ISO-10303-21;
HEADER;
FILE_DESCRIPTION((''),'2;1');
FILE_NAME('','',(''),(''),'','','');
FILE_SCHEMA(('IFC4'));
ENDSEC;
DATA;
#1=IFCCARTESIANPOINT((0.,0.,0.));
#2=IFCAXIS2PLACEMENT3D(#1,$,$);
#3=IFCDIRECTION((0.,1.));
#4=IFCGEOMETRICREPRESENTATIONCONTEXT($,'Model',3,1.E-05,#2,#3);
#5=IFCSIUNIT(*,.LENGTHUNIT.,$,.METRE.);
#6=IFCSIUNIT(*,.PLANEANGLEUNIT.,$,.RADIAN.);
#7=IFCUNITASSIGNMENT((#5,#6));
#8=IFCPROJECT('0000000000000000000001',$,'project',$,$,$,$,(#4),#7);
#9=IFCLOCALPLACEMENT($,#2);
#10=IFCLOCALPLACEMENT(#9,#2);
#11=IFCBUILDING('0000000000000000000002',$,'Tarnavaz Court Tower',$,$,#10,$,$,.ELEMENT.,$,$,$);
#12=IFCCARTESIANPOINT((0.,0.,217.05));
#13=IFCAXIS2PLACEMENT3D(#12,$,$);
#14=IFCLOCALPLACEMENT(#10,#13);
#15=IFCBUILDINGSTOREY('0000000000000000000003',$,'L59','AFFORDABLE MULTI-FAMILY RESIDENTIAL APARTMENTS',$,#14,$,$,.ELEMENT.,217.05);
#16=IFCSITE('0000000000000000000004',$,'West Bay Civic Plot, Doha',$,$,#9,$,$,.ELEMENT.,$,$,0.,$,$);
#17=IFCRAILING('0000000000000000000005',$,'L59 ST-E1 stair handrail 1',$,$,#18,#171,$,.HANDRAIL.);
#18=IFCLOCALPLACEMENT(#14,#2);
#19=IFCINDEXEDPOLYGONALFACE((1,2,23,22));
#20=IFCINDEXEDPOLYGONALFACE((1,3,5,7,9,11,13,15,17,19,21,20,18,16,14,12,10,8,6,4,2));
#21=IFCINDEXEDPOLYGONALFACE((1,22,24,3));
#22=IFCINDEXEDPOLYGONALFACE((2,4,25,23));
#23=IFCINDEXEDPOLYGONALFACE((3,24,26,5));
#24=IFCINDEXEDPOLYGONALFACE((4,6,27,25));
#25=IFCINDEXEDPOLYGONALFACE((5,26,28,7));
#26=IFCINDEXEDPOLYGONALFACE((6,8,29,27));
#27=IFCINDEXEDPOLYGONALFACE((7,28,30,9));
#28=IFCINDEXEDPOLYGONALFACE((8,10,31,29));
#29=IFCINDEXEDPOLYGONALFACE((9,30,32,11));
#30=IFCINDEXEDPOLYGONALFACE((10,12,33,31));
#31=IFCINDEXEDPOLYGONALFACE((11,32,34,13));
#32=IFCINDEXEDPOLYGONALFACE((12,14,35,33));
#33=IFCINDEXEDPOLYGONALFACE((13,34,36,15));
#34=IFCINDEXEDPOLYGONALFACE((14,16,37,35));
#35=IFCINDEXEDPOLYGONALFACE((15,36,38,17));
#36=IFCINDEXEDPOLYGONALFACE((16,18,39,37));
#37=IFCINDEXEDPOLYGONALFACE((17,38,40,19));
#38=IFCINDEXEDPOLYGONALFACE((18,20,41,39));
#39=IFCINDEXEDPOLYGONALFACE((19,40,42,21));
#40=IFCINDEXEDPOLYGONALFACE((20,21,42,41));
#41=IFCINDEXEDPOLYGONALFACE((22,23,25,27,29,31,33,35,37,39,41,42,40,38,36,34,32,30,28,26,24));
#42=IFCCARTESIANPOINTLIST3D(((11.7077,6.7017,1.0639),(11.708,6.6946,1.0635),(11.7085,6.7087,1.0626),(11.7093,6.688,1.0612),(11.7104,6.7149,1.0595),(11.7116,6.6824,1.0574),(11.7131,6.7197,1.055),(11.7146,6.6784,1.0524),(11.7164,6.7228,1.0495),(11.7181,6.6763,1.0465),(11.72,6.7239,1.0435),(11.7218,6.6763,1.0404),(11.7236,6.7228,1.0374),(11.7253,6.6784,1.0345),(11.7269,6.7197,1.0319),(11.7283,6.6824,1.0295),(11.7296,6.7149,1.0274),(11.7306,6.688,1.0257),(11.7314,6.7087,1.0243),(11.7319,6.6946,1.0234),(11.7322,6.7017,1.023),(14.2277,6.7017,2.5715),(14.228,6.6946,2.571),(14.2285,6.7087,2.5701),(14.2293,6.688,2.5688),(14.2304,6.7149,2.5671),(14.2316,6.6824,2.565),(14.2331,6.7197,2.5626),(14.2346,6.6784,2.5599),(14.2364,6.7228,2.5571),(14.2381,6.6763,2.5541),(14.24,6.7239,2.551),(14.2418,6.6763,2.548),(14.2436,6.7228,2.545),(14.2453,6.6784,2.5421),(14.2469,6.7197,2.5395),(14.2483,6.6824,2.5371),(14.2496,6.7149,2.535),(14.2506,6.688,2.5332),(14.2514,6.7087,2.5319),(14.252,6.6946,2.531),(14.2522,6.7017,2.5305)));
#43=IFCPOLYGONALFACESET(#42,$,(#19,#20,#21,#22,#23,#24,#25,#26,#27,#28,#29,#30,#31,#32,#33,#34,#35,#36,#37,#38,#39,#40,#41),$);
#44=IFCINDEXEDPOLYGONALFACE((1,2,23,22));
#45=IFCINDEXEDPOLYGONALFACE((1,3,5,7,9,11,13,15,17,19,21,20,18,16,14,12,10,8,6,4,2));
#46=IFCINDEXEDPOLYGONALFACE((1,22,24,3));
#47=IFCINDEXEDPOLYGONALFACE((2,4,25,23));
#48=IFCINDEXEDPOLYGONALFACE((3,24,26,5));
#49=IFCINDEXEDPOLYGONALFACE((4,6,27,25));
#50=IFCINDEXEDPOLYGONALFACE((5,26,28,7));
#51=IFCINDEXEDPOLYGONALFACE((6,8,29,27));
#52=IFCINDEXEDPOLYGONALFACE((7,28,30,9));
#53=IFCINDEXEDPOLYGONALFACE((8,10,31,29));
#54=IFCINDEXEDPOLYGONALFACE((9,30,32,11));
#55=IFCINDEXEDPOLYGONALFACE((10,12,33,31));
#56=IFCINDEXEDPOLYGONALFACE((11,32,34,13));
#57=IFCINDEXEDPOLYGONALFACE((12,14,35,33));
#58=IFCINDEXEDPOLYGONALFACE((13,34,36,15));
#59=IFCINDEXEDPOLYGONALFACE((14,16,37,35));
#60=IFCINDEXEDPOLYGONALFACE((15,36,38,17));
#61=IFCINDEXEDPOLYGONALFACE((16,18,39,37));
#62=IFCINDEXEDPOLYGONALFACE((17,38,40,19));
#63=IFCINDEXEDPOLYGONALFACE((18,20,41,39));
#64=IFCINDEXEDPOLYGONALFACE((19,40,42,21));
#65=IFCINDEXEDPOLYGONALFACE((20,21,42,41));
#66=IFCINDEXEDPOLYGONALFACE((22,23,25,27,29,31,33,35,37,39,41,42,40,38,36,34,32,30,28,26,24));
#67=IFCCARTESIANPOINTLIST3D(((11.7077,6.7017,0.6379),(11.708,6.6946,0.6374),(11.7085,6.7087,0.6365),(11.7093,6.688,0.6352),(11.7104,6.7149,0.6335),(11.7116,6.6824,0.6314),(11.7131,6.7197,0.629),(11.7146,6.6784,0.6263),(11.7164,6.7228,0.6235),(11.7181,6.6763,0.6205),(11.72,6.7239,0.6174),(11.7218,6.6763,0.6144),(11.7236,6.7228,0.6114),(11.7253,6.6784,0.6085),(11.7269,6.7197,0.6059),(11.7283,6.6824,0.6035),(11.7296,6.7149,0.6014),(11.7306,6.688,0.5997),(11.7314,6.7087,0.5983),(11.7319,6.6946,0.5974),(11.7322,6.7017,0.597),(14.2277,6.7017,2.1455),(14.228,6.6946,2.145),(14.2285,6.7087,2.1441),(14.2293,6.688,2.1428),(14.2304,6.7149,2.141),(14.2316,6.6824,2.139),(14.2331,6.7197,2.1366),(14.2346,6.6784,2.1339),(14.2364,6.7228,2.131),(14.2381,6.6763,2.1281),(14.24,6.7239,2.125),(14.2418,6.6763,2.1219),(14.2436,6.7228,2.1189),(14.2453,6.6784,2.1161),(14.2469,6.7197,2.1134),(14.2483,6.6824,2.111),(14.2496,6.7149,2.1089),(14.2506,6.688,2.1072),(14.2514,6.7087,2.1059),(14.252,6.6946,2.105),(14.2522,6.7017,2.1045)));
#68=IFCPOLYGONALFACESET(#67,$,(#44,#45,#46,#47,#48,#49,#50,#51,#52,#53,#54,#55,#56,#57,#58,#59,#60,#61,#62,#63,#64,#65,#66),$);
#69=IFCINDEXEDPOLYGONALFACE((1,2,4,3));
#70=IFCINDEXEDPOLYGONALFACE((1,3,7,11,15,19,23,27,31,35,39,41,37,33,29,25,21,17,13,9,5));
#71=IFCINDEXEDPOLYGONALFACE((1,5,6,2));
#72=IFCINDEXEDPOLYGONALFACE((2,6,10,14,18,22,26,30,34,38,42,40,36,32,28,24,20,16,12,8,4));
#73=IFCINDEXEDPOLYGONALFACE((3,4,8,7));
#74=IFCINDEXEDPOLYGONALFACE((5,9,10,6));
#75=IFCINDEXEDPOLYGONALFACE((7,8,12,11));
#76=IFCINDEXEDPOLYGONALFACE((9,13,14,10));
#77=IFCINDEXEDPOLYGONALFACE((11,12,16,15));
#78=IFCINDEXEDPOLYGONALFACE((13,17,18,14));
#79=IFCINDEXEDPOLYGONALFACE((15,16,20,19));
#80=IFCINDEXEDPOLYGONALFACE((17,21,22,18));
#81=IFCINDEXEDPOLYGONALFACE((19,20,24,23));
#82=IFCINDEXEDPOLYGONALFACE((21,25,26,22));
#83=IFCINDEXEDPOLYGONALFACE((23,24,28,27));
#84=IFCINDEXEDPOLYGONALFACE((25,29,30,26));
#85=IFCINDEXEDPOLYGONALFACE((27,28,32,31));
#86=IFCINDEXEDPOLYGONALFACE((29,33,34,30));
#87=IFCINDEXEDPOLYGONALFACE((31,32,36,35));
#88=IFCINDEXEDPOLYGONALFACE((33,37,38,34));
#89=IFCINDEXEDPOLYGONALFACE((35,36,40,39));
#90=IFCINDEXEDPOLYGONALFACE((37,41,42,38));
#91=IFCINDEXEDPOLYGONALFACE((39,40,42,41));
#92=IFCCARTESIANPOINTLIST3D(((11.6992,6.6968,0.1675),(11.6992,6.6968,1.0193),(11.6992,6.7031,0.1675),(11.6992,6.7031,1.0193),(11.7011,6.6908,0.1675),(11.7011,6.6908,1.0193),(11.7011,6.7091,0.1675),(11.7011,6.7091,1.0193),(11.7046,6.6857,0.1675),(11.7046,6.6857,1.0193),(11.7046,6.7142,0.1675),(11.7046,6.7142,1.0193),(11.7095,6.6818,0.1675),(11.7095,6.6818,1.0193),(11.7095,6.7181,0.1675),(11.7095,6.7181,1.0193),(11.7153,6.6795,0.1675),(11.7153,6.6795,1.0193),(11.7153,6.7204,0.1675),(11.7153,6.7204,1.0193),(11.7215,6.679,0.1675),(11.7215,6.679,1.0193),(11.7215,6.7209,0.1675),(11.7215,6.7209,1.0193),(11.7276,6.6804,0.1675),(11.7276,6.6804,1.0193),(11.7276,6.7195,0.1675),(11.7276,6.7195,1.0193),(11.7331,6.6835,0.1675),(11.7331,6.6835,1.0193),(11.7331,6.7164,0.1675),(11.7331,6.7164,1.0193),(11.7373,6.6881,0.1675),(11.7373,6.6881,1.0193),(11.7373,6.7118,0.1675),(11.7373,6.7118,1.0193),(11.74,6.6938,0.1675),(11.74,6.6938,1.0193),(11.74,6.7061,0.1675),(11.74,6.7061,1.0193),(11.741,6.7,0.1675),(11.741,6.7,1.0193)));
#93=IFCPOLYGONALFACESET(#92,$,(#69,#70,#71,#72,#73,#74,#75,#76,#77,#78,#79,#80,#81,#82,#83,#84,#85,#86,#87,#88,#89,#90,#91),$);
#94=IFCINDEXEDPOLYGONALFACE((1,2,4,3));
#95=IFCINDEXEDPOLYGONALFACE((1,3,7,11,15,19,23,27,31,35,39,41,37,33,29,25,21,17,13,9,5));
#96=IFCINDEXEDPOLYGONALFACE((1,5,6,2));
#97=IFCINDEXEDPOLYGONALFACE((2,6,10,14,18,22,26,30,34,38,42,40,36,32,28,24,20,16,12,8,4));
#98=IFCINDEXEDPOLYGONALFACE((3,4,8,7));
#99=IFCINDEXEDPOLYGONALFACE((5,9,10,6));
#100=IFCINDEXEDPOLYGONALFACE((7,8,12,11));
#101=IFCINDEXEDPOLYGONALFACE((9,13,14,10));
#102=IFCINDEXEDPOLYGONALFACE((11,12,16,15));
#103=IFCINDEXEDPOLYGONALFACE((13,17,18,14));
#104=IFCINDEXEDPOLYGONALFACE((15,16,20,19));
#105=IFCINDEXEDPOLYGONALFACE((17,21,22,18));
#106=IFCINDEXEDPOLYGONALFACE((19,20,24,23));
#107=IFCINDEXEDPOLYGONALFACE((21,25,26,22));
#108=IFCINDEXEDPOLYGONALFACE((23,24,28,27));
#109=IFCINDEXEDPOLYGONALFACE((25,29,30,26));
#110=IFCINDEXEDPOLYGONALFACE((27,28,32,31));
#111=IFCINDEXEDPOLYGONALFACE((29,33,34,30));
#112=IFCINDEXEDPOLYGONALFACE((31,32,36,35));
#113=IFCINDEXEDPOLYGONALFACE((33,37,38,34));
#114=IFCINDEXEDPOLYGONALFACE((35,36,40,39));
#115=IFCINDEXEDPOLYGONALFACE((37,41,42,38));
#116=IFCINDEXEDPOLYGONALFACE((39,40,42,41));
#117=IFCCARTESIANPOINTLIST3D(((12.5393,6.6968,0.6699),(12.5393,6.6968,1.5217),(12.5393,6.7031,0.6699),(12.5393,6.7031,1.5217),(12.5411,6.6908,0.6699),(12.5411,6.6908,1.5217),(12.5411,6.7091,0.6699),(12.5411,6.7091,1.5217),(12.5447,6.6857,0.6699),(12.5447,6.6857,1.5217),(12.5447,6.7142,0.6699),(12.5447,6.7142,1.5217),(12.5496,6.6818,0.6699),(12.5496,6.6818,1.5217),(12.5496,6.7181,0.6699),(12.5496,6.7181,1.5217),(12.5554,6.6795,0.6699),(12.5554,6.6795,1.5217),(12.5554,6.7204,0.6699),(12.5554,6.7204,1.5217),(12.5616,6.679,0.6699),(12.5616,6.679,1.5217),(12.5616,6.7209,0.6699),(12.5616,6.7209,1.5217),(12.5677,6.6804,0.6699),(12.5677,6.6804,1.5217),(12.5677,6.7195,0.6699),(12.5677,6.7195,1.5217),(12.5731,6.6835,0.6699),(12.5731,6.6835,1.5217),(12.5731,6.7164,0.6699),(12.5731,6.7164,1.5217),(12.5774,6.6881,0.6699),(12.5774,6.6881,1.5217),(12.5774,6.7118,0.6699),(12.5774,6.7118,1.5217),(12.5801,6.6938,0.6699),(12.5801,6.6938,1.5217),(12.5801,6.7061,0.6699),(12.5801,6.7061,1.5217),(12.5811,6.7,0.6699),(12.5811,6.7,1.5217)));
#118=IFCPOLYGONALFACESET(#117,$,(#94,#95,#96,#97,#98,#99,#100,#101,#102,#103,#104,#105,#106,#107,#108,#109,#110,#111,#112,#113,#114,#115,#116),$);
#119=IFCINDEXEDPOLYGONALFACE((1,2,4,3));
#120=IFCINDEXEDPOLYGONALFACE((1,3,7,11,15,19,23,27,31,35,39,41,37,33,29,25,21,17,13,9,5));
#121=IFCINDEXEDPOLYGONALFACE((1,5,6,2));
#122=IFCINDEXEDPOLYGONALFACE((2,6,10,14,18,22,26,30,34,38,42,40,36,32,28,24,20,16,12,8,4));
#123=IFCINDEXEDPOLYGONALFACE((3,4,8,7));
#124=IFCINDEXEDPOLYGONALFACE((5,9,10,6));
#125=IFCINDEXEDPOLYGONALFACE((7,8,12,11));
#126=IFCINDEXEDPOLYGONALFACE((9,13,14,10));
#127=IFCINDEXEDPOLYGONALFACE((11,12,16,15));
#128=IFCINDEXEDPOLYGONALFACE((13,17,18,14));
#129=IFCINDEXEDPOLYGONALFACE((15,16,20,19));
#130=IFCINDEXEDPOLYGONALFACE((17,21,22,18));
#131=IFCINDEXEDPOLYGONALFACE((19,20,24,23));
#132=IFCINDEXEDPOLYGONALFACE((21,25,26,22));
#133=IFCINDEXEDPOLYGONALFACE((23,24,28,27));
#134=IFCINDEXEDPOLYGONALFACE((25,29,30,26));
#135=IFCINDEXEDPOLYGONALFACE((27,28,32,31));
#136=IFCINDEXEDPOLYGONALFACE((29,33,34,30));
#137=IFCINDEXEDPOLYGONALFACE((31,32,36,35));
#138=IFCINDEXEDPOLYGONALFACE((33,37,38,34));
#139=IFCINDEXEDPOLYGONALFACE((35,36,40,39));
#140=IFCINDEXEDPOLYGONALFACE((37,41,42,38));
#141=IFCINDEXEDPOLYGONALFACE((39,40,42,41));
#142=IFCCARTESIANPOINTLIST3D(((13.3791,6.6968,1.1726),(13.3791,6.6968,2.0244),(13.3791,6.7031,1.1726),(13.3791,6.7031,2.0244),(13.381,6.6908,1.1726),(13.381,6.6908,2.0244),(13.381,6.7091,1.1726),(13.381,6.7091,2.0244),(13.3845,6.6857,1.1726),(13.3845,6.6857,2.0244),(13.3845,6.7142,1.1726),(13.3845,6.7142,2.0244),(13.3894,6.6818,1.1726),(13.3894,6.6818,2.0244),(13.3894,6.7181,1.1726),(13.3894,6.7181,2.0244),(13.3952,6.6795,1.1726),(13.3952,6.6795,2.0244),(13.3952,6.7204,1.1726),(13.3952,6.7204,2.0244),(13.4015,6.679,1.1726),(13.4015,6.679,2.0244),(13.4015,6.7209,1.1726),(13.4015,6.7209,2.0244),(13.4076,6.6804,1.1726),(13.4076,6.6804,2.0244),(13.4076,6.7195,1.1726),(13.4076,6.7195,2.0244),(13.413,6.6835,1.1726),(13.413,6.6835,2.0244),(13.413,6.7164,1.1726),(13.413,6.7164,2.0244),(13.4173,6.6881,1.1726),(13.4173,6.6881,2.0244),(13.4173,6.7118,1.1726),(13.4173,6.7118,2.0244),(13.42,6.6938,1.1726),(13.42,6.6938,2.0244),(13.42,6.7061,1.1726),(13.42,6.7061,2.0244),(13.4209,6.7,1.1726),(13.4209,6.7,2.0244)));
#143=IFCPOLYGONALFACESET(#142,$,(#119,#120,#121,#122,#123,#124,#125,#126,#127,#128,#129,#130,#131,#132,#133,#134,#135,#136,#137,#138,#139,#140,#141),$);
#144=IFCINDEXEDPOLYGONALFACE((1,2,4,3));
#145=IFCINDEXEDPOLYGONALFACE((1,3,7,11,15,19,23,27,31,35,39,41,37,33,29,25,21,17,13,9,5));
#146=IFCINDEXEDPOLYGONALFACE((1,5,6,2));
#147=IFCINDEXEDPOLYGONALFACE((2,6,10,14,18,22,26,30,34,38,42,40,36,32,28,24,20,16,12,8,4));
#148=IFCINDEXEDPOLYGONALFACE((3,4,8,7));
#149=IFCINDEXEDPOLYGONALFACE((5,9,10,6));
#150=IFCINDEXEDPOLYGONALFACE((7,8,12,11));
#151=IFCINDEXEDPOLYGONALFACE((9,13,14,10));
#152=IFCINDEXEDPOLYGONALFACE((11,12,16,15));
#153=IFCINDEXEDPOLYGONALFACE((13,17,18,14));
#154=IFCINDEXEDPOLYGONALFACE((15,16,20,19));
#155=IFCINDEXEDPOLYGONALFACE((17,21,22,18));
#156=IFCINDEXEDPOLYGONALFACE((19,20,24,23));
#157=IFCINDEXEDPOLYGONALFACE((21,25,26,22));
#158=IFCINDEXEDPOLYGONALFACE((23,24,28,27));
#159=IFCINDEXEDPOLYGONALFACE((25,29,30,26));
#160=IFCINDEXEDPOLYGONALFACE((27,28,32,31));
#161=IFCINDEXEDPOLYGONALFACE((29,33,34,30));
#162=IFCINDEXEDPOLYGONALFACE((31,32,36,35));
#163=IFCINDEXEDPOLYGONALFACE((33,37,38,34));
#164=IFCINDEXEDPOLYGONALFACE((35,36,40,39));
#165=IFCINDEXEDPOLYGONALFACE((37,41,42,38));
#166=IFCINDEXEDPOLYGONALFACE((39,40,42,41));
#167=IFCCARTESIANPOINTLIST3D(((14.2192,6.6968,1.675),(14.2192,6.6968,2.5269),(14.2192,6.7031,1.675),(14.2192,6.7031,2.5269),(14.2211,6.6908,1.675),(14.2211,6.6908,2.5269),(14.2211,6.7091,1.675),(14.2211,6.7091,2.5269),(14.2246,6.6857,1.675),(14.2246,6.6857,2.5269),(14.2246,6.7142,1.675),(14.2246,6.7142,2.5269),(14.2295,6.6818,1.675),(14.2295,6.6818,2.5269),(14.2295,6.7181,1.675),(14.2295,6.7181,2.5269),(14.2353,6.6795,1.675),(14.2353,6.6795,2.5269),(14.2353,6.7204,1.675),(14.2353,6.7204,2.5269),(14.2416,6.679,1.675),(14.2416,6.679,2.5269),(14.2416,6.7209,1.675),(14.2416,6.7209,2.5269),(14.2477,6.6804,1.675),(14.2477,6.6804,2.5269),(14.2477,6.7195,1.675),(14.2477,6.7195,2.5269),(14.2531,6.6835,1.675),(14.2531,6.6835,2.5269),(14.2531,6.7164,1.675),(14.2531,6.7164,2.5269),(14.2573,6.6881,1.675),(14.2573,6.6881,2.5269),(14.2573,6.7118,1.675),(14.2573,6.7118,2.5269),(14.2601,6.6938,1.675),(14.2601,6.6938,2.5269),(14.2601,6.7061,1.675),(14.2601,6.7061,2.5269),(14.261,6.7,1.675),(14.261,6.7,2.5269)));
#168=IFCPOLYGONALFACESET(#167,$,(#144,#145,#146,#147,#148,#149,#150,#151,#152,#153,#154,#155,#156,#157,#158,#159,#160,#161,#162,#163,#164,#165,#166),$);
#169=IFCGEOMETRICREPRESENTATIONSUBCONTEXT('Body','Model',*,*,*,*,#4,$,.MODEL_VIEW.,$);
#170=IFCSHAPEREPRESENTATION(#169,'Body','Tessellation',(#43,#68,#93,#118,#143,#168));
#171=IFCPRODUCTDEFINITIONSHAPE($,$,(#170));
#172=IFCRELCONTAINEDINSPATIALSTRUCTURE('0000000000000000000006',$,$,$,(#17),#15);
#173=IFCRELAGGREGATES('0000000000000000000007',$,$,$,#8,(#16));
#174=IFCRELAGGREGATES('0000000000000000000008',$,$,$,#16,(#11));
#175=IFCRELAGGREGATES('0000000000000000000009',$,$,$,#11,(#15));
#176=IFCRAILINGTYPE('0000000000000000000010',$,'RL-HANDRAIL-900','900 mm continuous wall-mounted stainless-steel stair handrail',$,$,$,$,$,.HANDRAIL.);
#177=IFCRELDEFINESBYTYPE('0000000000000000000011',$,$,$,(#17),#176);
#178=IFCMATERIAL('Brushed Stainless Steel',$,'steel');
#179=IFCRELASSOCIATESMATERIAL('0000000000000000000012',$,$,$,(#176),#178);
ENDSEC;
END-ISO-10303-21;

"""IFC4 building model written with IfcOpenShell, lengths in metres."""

from ifc_helpers import new_model, si_unit, direction, frame, origin, origin_2d, place, context, subcontext, project, spatial, circle, extrude, material, type_object, element, save


model = new_model("IFC4")

# Units and contexts
model_context = context("Model", 3, precision=1e-05, world=origin(), true_north=direction((0.0, 1.0)))
body_context = subcontext(model_context, "Body", "Model", "MODEL_VIEW")
ifc_project = project(units=[si_unit("LENGTHUNIT", "METRE"), si_unit("PLANEANGLEUNIT", "RADIAN")], contexts=[model_context])

# Site, building, storey
site_placement = place(None, origin())
site = spatial("IfcSite", under=ifc_project, at=site_placement, Name="West Bay Civic Plot, Doha", CompositionType="ELEMENT", RefElevation=0.0)
building_placement = place(site_placement, origin())
building = spatial("IfcBuilding", under=site, at=building_placement, Name="Tarnavaz Court Tower", CompositionType="ELEMENT")
storey_placement = place(building_placement, frame((0.0, 0.0, 217.05)))
storey = spatial("IfcBuildingStorey", under=building, at=storey_placement, Name="L59", Description="AFFORDABLE MULTI-FAMILY RESIDENTIAL APARTMENTS", CompositionType="ELEMENT", Elevation=217.05)

# Railing
ifc_material_1 = material(Name="Brushed Stainless Steel", Category="steel")
railing_type_1 = type_object("IfcRailingType", Name="RL-HANDRAIL-900", Description="900 mm continuous wall-mounted stainless-steel stair handrail", PredefinedType="HANDRAIL", material=ifc_material_1)
railing_1_placement = place(storey_placement, frame((11.72, 6.7, 0.1675)))
element("IfcRailing", 1, at=railing_1_placement, inside=storey, type_object=railing_type_1, Name="L59 ST-E1 stair handrail 1", PredefinedType="HANDRAIL", context=body_context, shape_type="SweptSolid", body=[
    extrude(circle(Radius=0.0239, at=origin_2d()), frame((0.0, 0.0, 0.876), z_axis=(0.85816, 0.0, 0.513383), x_axis=(0.0, 1.0, 0.0)), (0.0, 0.0, 1.0), 2.9365),
    extrude(circle(Radius=0.0239, at=origin_2d()), frame((0.0, 0.0, 0.45), z_axis=(0.85816, 0.0, 0.513383), x_axis=(0.0, 1.0, 0.0)), (0.0, 0.0, 1.0), 2.9365),
    extrude(circle(Radius=0.021, at=origin_2d()), origin(), (0.0, 0.0, 1.0), 0.8518),
    extrude(circle(Radius=0.021, at=origin_2d()), frame((0.8401, 0.0, 0.5024)), (0.0, 0.0, 1.0), 0.8518),
    extrude(circle(Radius=0.021, at=origin_2d()), frame((1.6799, 0.0, 1.0051)), (0.0, 0.0, 1.0), 0.8518),
    extrude(circle(Radius=0.021, at=origin_2d()), frame((2.52, 0.0, 1.5076)), (0.0, 0.0, 1.0), 0.8518),
])

save(model, "model.ifc")
